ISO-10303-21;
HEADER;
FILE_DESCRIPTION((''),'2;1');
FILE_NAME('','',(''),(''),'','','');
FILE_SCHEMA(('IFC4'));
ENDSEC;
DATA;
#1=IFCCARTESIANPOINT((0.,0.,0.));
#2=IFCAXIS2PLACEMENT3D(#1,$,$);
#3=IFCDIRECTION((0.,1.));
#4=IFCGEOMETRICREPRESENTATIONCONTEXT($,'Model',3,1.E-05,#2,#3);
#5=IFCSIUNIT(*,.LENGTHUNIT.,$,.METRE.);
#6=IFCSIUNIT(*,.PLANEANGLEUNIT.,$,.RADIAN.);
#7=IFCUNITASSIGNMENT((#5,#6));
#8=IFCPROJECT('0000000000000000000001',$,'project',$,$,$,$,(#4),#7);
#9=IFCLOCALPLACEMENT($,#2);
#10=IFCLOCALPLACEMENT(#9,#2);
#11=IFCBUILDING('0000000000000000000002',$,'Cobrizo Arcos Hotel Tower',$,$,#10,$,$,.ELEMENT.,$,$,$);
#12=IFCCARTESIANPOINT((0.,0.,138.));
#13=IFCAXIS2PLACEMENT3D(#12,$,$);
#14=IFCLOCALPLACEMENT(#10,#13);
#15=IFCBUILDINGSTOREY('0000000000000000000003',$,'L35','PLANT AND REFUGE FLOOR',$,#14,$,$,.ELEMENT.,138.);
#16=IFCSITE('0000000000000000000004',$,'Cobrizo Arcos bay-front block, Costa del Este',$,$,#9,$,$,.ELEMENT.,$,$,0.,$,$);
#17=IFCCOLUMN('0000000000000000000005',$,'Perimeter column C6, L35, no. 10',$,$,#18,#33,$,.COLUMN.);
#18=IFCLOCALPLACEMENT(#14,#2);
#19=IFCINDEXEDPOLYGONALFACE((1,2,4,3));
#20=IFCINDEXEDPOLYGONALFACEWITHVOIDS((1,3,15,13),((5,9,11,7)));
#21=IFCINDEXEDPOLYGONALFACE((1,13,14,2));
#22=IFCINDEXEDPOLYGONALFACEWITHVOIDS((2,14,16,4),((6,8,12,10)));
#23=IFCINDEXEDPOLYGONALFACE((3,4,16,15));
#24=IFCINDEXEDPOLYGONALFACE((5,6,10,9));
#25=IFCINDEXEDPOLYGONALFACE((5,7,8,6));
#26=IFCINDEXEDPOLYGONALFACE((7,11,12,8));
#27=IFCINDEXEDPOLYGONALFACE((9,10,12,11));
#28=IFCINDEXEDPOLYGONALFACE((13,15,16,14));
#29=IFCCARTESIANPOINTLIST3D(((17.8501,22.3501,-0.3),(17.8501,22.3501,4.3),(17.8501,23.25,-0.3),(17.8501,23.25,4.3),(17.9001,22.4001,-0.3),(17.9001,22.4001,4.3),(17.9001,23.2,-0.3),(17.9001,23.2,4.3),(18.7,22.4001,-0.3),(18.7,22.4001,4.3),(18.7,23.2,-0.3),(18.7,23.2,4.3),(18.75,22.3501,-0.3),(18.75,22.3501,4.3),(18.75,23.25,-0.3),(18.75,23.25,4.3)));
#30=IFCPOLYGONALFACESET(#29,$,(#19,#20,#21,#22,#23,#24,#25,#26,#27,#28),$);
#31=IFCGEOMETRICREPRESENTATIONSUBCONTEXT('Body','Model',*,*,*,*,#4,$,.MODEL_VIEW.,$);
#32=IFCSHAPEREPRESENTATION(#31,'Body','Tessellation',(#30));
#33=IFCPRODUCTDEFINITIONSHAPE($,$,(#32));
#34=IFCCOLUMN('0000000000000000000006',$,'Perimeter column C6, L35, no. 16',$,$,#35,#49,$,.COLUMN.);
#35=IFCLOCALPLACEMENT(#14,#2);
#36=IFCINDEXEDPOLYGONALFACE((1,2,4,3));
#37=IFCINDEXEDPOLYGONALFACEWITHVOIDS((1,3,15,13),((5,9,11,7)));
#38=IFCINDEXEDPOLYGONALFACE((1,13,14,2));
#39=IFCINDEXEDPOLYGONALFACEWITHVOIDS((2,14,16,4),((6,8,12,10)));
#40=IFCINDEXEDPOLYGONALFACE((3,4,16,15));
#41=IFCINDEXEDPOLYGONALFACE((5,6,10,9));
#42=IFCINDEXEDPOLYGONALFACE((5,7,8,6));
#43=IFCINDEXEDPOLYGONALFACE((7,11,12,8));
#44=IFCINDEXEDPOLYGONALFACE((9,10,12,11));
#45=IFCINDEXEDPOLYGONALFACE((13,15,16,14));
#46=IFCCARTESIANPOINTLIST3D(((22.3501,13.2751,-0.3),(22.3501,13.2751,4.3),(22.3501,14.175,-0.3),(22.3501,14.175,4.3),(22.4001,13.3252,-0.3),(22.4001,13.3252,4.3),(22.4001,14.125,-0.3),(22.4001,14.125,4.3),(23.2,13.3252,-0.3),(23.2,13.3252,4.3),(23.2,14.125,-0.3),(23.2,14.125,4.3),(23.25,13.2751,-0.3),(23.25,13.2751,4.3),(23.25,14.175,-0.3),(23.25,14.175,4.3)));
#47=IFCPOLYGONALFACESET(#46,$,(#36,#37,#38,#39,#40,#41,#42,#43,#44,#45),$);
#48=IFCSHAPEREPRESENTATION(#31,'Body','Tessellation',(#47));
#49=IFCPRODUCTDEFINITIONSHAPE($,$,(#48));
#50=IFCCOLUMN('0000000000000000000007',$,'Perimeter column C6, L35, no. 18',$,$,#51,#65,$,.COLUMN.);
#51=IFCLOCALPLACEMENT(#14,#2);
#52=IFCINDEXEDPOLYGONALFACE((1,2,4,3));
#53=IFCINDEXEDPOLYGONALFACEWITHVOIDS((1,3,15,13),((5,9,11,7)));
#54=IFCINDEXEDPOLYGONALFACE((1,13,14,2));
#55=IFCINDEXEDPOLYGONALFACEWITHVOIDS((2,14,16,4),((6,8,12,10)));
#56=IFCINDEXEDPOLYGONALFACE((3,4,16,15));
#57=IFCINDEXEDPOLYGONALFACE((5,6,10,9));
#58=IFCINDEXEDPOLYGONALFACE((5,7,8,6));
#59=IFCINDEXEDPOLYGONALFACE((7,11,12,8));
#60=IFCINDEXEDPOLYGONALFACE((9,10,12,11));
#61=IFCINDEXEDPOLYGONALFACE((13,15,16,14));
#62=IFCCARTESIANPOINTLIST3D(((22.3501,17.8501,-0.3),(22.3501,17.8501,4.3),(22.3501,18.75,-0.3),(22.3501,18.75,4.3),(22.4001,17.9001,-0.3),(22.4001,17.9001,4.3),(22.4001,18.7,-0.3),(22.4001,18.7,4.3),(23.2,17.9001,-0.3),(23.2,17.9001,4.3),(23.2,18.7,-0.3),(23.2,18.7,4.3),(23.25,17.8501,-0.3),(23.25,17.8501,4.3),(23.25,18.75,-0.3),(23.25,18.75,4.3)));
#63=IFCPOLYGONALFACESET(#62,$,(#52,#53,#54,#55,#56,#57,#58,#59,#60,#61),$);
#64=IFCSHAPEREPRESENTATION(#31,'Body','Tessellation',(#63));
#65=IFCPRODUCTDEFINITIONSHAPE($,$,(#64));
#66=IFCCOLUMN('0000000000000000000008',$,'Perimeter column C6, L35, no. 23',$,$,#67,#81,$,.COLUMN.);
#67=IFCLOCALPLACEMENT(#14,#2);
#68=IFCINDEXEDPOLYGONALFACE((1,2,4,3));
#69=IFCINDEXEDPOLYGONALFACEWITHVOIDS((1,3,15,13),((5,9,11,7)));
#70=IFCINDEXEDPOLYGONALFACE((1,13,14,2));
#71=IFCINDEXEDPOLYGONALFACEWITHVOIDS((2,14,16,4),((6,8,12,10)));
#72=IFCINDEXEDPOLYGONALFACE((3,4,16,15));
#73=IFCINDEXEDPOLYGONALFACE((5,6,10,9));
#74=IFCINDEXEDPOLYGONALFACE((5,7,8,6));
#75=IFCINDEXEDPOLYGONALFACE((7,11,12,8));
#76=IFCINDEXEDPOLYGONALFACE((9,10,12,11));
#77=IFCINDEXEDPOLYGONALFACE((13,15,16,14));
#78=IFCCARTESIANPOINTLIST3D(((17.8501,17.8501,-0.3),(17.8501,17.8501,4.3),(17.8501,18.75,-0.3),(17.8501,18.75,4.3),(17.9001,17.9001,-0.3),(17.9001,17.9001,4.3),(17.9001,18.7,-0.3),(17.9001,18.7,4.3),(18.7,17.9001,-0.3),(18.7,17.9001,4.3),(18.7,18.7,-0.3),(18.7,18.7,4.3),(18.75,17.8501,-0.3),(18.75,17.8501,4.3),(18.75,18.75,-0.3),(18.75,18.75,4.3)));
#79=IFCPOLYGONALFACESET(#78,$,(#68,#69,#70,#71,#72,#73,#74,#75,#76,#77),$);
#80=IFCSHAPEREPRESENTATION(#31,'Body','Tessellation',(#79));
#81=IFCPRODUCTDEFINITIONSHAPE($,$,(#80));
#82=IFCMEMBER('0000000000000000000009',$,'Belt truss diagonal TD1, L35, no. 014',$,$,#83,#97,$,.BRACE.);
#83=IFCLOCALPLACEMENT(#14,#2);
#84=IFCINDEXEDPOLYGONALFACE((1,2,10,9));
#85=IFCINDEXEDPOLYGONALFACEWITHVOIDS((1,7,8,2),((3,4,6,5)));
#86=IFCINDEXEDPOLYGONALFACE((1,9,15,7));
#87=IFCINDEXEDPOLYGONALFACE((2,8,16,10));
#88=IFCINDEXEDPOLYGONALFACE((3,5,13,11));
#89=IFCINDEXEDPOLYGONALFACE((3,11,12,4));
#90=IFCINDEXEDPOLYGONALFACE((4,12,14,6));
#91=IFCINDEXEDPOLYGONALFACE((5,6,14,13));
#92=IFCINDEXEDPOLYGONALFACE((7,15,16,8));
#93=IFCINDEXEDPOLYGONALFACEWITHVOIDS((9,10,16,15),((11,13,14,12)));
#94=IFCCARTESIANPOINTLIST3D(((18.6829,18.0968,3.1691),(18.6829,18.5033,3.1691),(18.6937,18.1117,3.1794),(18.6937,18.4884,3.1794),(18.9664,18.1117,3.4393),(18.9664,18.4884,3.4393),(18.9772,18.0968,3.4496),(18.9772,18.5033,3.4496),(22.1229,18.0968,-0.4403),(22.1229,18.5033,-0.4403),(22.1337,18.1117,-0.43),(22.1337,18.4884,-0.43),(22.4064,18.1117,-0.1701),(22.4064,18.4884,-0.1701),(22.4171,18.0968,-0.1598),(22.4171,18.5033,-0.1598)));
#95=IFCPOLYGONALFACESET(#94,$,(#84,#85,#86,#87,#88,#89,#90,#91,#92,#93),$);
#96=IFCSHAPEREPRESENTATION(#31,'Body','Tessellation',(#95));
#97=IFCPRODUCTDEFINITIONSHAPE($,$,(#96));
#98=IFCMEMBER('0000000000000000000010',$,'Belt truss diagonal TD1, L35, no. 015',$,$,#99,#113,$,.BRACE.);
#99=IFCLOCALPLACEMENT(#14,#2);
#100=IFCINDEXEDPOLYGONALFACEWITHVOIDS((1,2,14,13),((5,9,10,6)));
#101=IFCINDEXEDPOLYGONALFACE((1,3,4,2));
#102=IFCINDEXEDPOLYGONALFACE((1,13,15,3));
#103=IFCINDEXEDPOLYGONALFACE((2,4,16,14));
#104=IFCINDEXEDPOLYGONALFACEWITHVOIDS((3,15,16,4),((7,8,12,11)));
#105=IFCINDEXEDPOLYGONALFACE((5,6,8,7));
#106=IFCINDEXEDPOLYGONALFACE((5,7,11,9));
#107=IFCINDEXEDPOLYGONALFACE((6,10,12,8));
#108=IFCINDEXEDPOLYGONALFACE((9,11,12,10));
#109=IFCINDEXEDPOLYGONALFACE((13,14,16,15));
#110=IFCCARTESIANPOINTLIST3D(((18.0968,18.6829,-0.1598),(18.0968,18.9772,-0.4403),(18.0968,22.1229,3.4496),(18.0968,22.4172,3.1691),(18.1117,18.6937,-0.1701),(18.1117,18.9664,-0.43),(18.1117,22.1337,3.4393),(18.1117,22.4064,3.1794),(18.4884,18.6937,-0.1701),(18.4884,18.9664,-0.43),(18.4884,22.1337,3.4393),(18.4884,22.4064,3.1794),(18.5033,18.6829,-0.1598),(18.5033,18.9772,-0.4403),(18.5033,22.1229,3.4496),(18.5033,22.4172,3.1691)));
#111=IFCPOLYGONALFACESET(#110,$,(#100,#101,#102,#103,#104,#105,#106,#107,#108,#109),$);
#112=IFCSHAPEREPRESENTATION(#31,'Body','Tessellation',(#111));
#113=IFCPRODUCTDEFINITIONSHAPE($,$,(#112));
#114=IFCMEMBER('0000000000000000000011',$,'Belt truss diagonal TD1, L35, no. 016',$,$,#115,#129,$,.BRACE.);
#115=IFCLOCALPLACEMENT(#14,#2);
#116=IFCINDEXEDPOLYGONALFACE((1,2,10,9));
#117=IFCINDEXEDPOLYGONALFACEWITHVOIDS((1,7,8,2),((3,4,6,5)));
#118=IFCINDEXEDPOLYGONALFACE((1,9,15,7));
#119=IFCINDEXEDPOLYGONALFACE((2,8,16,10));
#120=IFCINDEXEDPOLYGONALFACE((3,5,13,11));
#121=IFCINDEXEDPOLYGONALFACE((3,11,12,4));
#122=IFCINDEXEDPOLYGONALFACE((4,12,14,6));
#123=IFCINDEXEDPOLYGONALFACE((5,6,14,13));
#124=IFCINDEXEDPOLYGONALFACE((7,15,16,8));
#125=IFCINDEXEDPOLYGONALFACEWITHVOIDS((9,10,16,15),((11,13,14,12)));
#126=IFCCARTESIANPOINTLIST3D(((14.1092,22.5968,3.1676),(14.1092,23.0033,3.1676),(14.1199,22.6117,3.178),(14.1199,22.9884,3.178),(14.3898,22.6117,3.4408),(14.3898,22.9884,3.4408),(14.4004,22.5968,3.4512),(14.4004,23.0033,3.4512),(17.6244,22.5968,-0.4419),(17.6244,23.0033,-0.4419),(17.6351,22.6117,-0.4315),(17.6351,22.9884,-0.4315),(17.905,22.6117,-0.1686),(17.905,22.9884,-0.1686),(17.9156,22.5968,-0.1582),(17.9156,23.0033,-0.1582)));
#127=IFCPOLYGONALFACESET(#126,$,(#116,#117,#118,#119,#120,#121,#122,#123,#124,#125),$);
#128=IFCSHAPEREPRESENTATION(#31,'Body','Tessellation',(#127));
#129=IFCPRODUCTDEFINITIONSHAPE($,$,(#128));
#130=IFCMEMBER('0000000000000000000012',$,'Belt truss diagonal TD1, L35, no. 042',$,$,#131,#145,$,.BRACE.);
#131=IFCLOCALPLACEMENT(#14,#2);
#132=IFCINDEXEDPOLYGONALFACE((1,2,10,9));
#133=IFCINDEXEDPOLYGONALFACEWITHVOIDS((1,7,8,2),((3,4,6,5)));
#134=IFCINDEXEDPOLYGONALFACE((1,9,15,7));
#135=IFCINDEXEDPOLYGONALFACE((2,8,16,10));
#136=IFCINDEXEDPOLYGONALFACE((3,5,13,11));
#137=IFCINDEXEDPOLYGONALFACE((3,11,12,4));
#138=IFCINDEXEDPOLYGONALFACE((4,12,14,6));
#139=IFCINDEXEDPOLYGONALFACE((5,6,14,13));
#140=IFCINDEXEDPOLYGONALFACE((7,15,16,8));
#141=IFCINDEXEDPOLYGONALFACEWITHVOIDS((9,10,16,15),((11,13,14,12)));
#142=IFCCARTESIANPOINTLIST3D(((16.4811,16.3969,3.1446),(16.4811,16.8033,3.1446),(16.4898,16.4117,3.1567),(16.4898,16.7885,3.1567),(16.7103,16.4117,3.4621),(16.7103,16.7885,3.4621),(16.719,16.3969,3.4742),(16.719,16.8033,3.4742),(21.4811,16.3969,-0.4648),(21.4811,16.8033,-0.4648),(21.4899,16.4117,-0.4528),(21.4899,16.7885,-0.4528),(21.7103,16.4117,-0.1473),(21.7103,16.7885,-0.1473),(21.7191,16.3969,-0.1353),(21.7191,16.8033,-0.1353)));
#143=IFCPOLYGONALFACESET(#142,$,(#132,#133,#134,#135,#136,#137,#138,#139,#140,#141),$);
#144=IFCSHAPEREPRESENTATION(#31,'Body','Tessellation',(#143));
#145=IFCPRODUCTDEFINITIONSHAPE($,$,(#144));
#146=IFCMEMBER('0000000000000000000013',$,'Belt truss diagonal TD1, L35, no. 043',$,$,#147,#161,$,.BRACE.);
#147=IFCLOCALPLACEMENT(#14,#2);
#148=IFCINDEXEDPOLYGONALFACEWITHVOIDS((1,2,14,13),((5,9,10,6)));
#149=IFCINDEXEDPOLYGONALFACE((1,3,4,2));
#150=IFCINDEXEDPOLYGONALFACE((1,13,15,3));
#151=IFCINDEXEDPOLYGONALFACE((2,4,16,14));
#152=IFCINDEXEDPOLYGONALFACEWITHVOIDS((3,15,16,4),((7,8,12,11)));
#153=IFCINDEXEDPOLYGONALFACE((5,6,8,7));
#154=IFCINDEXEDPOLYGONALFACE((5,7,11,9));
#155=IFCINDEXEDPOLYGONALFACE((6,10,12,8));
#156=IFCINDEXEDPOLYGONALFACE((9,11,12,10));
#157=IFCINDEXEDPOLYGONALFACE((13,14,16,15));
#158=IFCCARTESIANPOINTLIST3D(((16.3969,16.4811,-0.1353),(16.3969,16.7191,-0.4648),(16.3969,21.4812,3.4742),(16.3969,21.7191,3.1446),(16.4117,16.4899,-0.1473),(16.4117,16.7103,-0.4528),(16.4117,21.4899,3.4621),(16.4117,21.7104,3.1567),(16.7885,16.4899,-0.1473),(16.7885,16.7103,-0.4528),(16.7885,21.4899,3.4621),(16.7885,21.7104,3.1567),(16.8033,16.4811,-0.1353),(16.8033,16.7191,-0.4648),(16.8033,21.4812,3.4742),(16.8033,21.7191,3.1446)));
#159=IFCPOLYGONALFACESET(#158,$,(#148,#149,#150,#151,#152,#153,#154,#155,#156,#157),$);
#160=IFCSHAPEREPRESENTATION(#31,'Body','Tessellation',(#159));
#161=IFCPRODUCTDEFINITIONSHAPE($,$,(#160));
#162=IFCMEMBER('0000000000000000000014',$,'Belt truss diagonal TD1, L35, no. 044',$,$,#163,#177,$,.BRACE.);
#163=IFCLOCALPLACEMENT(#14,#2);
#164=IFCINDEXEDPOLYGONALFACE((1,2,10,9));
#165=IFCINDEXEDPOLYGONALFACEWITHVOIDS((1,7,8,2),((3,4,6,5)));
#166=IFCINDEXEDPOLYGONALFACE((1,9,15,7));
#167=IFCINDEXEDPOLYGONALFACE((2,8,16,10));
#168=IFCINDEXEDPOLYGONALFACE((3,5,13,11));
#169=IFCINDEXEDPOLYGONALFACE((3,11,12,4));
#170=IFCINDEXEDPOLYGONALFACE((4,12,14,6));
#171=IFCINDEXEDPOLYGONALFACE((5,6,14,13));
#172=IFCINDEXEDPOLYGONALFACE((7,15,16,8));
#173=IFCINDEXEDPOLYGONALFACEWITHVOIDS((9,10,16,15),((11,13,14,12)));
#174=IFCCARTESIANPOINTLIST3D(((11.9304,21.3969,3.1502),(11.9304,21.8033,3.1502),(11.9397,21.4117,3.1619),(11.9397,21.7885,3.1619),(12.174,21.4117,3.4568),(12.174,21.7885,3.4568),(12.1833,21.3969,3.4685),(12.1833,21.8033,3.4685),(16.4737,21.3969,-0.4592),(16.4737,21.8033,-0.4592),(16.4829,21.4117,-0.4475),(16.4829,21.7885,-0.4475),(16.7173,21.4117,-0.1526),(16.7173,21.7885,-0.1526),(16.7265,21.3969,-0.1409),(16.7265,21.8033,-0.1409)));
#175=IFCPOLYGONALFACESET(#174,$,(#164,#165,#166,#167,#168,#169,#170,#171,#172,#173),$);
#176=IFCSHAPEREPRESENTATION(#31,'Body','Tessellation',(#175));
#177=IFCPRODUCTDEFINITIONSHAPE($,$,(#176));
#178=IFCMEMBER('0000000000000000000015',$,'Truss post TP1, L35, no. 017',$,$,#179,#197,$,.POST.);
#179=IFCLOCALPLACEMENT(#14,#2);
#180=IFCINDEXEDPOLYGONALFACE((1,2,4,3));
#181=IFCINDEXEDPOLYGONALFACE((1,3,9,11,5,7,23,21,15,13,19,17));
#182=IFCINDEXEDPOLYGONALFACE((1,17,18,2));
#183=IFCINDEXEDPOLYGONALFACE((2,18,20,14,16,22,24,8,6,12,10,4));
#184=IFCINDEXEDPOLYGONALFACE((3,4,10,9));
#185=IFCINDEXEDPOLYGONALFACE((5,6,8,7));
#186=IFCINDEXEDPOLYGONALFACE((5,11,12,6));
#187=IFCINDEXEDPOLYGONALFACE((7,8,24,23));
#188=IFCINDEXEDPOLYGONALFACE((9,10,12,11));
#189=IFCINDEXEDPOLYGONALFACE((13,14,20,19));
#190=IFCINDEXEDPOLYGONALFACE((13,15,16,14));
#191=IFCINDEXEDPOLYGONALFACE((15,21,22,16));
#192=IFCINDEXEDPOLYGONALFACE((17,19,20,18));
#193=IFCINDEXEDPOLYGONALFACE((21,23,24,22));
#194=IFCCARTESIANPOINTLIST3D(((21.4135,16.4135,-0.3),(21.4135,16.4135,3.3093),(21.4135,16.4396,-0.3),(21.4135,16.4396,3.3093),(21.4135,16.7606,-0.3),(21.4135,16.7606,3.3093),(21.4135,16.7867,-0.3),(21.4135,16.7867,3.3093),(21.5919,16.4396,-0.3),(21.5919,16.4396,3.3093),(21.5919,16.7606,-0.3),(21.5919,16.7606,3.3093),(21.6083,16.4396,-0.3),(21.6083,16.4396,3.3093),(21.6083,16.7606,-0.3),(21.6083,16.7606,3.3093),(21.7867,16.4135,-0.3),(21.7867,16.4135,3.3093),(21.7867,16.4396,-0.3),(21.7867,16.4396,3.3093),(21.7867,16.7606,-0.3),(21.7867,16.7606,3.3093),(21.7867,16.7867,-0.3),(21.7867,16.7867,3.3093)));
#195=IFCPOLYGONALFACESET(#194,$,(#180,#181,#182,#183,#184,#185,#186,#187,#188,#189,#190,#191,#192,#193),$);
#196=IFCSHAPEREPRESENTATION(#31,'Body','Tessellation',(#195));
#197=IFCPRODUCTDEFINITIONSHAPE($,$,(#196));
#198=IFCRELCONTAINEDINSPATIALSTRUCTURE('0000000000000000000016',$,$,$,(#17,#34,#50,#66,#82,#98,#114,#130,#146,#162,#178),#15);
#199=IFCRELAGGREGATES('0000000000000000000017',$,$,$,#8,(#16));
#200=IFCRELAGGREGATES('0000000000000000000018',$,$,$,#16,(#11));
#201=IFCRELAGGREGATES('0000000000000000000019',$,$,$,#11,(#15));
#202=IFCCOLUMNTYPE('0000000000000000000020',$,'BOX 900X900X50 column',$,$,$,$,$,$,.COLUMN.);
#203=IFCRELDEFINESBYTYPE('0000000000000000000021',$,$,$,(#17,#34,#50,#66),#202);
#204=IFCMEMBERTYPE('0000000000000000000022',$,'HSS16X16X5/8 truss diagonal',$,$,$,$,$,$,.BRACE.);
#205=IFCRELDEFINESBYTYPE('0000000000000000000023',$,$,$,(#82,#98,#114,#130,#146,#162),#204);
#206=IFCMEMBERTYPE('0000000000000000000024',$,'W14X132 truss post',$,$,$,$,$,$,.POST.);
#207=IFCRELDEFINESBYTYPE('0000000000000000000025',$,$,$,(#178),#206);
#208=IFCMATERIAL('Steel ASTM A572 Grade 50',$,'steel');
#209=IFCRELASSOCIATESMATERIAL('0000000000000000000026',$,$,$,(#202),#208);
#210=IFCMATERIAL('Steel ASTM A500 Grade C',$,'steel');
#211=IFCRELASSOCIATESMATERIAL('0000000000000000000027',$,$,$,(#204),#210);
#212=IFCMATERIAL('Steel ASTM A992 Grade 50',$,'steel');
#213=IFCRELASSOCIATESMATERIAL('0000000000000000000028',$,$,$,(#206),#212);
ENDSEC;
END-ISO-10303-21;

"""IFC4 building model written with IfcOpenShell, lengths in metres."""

from ifc_helpers import new_model, si_unit, direction, frame, origin, origin_2d, place, context, subcontext, project, spatial, hollow_rectangle, i_section, extrude, material, material_profile, profile_set, type_object, element, save


model = new_model("IFC4")

# Units and contexts
model_context = context("Model", 3, precision=1e-05, world=origin(), true_north=direction((0.0, 1.0)))
body_context = subcontext(model_context, "Body", "Model", "MODEL_VIEW")
ifc_project = project(units=[si_unit("LENGTHUNIT", "METRE"), si_unit("PLANEANGLEUNIT", "RADIAN")], contexts=[model_context])

# Site, building, storey
site_placement = place(None, origin())
site = spatial("IfcSite", under=ifc_project, at=site_placement, Name="Cobrizo Arcos bay-front block, Costa del Este", CompositionType="ELEMENT", RefElevation=0.0)
building_placement = place(site_placement, origin())
building = spatial("IfcBuilding", under=site, at=building_placement, Name="Cobrizo Arcos Hotel Tower", CompositionType="ELEMENT")
storey_placement = place(building_placement, frame((0.0, 0.0, 138.0)))
storey = spatial("IfcBuildingStorey", under=building, at=storey_placement, Name="L35", Description="PLANT AND REFUGE FLOOR", CompositionType="ELEMENT", Elevation=138.0)

# Columns
ifc_material_1 = material(Name="Steel ASTM A572 Grade 50", Category="steel")
ifc_material_profile_1 = material_profile(ifc_material_1, hollow_rectangle(XDim=0.8999, YDim=0.8999, WallThickness=0.05, at=origin_2d()), Name="BOX 900X900X50")
ifc_profile_set_1 = profile_set([ifc_material_profile_1], Name="Steel ASTM A572 Grade 50")
column_type = type_object("IfcColumnType", Name="BOX 900X900X50 column", PredefinedType="COLUMN", material=ifc_profile_set_1)
for number, where, z_axis, x_axis, name in (
    (1, (18.3, 22.8, -0.3), (0.0, 0.0, 1.0), (1.0, 0.0, 0.0), "Perimeter column C6, L35, no. 10"),
    (2, (22.8, 13.7251, -0.3), (0.0, 0.0, 1.0), (1.0, 0.0, 0.0), "Perimeter column C6, L35, no. 16"),
    (3, (22.8, 18.3, -0.3), (0.0, 0.0, 1.0), (1.0, 0.0, 0.0), "Perimeter column C6, L35, no. 18"),
    (4, (18.3, 18.3, -0.3), (0.0, 0.0, 1.0), (1.0, 0.0, 0.0), "Perimeter column C6, L35, no. 23"),
):
    element("IfcColumn", number, at=place(storey_placement, frame(where, z_axis=z_axis, x_axis=x_axis)), inside=storey, type_object=column_type, Name=name, PredefinedType="COLUMN", context=body_context, shape_type="SweptSolid", body=[
        extrude(hollow_rectangle(XDim=0.8999, YDim=0.8999, WallThickness=0.05, at=origin_2d()), origin(), (0.0, 0.0, 1.0), 4.6001),
    ])

# Members
ifc_material_2 = material(Name="Steel ASTM A500 Grade C", Category="steel")
ifc_material_profile_2 = material_profile(ifc_material_2, hollow_rectangle(XDim=0.4065, YDim=0.4065, WallThickness=0.0149, at=origin_2d()), Name="HSS16X16X5/8")
ifc_profile_set_2 = profile_set([ifc_material_profile_2], Name="Steel ASTM A500 Grade C")
member_type_1 = type_object("IfcMemberType", Name="HSS16X16X5/8 truss diagonal", PredefinedType="BRACE", material=ifc_profile_set_2)
for number, where, z_axis, x_axis, name in (
    (5, (22.27, 18.3, -0.3), (-0.689912, 0.0, 0.723893), (0.0, -1.0, 0.0), "Belt truss diagonal TD1, L35, no. 014"),
    (6, (18.3, 18.8301, -0.3), (0.0, 0.689912, 0.723893), (-1.0, 0.0, 0.0), "Belt truss diagonal TD1, L35, no. 015"),
):
    element("IfcMember", number, at=place(storey_placement, frame(where, z_axis=z_axis, x_axis=x_axis)), inside=storey, type_object=member_type_1, Name=name, PredefinedType="BRACE", context=body_context, shape_type="SweptSolid", body=[
        extrude(hollow_rectangle(XDim=0.4065, YDim=0.4065, WallThickness=0.0149, at=origin_2d()), origin(), (0.0, 0.0, 1.0), 4.9861),
    ])
member_1_placement = place(storey_placement, frame((17.77, 22.8, -0.3), z_axis=(-0.697693, 0.0, 0.716397), x_axis=(0.0, -1.0, 0.0)))
element("IfcMember", 7, at=member_1_placement, inside=storey, type_object=member_type_1, Name="Belt truss diagonal TD1, L35, no. 016", PredefinedType="BRACE", context=body_context, shape_type="SweptSolid", body=[
    extrude(hollow_rectangle(XDim=0.4065, YDim=0.4065, WallThickness=0.0149, at=origin_2d()), origin(), (0.0, 0.0, 1.0), 5.0383),
])
for number, where, z_axis, x_axis, name in (
    (8, (21.6001, 16.6001, -0.3), (-0.810813, 0.0, 0.585306), (0.0, -1.0, 0.0), "Belt truss diagonal TD1, L35, no. 042"),
    (9, (16.6001, 16.6001, -0.3), (0.0, 0.810813, 0.585306), (-1.0, 0.0, 0.0), "Belt truss diagonal TD1, L35, no. 043"),
):
    element("IfcMember", number, at=place(storey_placement, frame(where, z_axis=z_axis, x_axis=x_axis)), inside=storey, type_object=member_type_1, Name=name, PredefinedType="BRACE", context=body_context, shape_type="SweptSolid", body=[
        extrude(hollow_rectangle(XDim=0.4065, YDim=0.4065, WallThickness=0.0149, at=origin_2d()), origin(), (0.0, 0.0, 1.0), 6.1667),
    ])
member_2_placement = place(storey_placement, frame((16.6001, 21.6001, -0.3), z_axis=(-0.782982, 0.0, 0.622044), x_axis=(0.0, -1.0, 0.0)))
element("IfcMember", 10, at=member_2_placement, inside=storey, type_object=member_type_1, Name="Belt truss diagonal TD1, L35, no. 044", PredefinedType="BRACE", context=body_context, shape_type="SweptSolid", body=[
    extrude(hollow_rectangle(XDim=0.4065, YDim=0.4065, WallThickness=0.0149, at=origin_2d()), origin(), (0.0, 0.0, 1.0), 5.8025),
])
ifc_material_3 = material(Name="Steel ASTM A992 Grade 50", Category="steel")
ifc_material_profile_3 = material_profile(ifc_material_3, i_section(OverallWidth=0.3733, OverallDepth=0.3733, WebThickness=0.0164, FlangeThickness=0.0261, at=origin_2d()), Name="W14X132")
ifc_profile_set_3 = profile_set([ifc_material_profile_3], Name="Steel ASTM A992 Grade 50")
member_type_2 = type_object("IfcMemberType", Name="W14X132 truss post", PredefinedType="POST", material=ifc_profile_set_3)
for number, where, z_axis, x_axis, name in (
    (11, (21.6001, 16.6001, -0.3), (0.0, 0.0, 1.0), (1.0, 0.0, 0.0), "Truss post TP1, L35, no. 017"),
):
    element("IfcMember", number, at=place(storey_placement, frame(where, z_axis=z_axis, x_axis=x_axis)), inside=storey, type_object=member_type_2, Name=name, PredefinedType="POST", context=body_context, shape_type="SweptSolid", body=[
        extrude(i_section(OverallWidth=0.3733, OverallDepth=0.3733, WebThickness=0.0164, FlangeThickness=0.0261, at=origin_2d()), origin(), (0.0, 0.0, 1.0), 3.6094),
    ])

save(model, "model.ifc")
